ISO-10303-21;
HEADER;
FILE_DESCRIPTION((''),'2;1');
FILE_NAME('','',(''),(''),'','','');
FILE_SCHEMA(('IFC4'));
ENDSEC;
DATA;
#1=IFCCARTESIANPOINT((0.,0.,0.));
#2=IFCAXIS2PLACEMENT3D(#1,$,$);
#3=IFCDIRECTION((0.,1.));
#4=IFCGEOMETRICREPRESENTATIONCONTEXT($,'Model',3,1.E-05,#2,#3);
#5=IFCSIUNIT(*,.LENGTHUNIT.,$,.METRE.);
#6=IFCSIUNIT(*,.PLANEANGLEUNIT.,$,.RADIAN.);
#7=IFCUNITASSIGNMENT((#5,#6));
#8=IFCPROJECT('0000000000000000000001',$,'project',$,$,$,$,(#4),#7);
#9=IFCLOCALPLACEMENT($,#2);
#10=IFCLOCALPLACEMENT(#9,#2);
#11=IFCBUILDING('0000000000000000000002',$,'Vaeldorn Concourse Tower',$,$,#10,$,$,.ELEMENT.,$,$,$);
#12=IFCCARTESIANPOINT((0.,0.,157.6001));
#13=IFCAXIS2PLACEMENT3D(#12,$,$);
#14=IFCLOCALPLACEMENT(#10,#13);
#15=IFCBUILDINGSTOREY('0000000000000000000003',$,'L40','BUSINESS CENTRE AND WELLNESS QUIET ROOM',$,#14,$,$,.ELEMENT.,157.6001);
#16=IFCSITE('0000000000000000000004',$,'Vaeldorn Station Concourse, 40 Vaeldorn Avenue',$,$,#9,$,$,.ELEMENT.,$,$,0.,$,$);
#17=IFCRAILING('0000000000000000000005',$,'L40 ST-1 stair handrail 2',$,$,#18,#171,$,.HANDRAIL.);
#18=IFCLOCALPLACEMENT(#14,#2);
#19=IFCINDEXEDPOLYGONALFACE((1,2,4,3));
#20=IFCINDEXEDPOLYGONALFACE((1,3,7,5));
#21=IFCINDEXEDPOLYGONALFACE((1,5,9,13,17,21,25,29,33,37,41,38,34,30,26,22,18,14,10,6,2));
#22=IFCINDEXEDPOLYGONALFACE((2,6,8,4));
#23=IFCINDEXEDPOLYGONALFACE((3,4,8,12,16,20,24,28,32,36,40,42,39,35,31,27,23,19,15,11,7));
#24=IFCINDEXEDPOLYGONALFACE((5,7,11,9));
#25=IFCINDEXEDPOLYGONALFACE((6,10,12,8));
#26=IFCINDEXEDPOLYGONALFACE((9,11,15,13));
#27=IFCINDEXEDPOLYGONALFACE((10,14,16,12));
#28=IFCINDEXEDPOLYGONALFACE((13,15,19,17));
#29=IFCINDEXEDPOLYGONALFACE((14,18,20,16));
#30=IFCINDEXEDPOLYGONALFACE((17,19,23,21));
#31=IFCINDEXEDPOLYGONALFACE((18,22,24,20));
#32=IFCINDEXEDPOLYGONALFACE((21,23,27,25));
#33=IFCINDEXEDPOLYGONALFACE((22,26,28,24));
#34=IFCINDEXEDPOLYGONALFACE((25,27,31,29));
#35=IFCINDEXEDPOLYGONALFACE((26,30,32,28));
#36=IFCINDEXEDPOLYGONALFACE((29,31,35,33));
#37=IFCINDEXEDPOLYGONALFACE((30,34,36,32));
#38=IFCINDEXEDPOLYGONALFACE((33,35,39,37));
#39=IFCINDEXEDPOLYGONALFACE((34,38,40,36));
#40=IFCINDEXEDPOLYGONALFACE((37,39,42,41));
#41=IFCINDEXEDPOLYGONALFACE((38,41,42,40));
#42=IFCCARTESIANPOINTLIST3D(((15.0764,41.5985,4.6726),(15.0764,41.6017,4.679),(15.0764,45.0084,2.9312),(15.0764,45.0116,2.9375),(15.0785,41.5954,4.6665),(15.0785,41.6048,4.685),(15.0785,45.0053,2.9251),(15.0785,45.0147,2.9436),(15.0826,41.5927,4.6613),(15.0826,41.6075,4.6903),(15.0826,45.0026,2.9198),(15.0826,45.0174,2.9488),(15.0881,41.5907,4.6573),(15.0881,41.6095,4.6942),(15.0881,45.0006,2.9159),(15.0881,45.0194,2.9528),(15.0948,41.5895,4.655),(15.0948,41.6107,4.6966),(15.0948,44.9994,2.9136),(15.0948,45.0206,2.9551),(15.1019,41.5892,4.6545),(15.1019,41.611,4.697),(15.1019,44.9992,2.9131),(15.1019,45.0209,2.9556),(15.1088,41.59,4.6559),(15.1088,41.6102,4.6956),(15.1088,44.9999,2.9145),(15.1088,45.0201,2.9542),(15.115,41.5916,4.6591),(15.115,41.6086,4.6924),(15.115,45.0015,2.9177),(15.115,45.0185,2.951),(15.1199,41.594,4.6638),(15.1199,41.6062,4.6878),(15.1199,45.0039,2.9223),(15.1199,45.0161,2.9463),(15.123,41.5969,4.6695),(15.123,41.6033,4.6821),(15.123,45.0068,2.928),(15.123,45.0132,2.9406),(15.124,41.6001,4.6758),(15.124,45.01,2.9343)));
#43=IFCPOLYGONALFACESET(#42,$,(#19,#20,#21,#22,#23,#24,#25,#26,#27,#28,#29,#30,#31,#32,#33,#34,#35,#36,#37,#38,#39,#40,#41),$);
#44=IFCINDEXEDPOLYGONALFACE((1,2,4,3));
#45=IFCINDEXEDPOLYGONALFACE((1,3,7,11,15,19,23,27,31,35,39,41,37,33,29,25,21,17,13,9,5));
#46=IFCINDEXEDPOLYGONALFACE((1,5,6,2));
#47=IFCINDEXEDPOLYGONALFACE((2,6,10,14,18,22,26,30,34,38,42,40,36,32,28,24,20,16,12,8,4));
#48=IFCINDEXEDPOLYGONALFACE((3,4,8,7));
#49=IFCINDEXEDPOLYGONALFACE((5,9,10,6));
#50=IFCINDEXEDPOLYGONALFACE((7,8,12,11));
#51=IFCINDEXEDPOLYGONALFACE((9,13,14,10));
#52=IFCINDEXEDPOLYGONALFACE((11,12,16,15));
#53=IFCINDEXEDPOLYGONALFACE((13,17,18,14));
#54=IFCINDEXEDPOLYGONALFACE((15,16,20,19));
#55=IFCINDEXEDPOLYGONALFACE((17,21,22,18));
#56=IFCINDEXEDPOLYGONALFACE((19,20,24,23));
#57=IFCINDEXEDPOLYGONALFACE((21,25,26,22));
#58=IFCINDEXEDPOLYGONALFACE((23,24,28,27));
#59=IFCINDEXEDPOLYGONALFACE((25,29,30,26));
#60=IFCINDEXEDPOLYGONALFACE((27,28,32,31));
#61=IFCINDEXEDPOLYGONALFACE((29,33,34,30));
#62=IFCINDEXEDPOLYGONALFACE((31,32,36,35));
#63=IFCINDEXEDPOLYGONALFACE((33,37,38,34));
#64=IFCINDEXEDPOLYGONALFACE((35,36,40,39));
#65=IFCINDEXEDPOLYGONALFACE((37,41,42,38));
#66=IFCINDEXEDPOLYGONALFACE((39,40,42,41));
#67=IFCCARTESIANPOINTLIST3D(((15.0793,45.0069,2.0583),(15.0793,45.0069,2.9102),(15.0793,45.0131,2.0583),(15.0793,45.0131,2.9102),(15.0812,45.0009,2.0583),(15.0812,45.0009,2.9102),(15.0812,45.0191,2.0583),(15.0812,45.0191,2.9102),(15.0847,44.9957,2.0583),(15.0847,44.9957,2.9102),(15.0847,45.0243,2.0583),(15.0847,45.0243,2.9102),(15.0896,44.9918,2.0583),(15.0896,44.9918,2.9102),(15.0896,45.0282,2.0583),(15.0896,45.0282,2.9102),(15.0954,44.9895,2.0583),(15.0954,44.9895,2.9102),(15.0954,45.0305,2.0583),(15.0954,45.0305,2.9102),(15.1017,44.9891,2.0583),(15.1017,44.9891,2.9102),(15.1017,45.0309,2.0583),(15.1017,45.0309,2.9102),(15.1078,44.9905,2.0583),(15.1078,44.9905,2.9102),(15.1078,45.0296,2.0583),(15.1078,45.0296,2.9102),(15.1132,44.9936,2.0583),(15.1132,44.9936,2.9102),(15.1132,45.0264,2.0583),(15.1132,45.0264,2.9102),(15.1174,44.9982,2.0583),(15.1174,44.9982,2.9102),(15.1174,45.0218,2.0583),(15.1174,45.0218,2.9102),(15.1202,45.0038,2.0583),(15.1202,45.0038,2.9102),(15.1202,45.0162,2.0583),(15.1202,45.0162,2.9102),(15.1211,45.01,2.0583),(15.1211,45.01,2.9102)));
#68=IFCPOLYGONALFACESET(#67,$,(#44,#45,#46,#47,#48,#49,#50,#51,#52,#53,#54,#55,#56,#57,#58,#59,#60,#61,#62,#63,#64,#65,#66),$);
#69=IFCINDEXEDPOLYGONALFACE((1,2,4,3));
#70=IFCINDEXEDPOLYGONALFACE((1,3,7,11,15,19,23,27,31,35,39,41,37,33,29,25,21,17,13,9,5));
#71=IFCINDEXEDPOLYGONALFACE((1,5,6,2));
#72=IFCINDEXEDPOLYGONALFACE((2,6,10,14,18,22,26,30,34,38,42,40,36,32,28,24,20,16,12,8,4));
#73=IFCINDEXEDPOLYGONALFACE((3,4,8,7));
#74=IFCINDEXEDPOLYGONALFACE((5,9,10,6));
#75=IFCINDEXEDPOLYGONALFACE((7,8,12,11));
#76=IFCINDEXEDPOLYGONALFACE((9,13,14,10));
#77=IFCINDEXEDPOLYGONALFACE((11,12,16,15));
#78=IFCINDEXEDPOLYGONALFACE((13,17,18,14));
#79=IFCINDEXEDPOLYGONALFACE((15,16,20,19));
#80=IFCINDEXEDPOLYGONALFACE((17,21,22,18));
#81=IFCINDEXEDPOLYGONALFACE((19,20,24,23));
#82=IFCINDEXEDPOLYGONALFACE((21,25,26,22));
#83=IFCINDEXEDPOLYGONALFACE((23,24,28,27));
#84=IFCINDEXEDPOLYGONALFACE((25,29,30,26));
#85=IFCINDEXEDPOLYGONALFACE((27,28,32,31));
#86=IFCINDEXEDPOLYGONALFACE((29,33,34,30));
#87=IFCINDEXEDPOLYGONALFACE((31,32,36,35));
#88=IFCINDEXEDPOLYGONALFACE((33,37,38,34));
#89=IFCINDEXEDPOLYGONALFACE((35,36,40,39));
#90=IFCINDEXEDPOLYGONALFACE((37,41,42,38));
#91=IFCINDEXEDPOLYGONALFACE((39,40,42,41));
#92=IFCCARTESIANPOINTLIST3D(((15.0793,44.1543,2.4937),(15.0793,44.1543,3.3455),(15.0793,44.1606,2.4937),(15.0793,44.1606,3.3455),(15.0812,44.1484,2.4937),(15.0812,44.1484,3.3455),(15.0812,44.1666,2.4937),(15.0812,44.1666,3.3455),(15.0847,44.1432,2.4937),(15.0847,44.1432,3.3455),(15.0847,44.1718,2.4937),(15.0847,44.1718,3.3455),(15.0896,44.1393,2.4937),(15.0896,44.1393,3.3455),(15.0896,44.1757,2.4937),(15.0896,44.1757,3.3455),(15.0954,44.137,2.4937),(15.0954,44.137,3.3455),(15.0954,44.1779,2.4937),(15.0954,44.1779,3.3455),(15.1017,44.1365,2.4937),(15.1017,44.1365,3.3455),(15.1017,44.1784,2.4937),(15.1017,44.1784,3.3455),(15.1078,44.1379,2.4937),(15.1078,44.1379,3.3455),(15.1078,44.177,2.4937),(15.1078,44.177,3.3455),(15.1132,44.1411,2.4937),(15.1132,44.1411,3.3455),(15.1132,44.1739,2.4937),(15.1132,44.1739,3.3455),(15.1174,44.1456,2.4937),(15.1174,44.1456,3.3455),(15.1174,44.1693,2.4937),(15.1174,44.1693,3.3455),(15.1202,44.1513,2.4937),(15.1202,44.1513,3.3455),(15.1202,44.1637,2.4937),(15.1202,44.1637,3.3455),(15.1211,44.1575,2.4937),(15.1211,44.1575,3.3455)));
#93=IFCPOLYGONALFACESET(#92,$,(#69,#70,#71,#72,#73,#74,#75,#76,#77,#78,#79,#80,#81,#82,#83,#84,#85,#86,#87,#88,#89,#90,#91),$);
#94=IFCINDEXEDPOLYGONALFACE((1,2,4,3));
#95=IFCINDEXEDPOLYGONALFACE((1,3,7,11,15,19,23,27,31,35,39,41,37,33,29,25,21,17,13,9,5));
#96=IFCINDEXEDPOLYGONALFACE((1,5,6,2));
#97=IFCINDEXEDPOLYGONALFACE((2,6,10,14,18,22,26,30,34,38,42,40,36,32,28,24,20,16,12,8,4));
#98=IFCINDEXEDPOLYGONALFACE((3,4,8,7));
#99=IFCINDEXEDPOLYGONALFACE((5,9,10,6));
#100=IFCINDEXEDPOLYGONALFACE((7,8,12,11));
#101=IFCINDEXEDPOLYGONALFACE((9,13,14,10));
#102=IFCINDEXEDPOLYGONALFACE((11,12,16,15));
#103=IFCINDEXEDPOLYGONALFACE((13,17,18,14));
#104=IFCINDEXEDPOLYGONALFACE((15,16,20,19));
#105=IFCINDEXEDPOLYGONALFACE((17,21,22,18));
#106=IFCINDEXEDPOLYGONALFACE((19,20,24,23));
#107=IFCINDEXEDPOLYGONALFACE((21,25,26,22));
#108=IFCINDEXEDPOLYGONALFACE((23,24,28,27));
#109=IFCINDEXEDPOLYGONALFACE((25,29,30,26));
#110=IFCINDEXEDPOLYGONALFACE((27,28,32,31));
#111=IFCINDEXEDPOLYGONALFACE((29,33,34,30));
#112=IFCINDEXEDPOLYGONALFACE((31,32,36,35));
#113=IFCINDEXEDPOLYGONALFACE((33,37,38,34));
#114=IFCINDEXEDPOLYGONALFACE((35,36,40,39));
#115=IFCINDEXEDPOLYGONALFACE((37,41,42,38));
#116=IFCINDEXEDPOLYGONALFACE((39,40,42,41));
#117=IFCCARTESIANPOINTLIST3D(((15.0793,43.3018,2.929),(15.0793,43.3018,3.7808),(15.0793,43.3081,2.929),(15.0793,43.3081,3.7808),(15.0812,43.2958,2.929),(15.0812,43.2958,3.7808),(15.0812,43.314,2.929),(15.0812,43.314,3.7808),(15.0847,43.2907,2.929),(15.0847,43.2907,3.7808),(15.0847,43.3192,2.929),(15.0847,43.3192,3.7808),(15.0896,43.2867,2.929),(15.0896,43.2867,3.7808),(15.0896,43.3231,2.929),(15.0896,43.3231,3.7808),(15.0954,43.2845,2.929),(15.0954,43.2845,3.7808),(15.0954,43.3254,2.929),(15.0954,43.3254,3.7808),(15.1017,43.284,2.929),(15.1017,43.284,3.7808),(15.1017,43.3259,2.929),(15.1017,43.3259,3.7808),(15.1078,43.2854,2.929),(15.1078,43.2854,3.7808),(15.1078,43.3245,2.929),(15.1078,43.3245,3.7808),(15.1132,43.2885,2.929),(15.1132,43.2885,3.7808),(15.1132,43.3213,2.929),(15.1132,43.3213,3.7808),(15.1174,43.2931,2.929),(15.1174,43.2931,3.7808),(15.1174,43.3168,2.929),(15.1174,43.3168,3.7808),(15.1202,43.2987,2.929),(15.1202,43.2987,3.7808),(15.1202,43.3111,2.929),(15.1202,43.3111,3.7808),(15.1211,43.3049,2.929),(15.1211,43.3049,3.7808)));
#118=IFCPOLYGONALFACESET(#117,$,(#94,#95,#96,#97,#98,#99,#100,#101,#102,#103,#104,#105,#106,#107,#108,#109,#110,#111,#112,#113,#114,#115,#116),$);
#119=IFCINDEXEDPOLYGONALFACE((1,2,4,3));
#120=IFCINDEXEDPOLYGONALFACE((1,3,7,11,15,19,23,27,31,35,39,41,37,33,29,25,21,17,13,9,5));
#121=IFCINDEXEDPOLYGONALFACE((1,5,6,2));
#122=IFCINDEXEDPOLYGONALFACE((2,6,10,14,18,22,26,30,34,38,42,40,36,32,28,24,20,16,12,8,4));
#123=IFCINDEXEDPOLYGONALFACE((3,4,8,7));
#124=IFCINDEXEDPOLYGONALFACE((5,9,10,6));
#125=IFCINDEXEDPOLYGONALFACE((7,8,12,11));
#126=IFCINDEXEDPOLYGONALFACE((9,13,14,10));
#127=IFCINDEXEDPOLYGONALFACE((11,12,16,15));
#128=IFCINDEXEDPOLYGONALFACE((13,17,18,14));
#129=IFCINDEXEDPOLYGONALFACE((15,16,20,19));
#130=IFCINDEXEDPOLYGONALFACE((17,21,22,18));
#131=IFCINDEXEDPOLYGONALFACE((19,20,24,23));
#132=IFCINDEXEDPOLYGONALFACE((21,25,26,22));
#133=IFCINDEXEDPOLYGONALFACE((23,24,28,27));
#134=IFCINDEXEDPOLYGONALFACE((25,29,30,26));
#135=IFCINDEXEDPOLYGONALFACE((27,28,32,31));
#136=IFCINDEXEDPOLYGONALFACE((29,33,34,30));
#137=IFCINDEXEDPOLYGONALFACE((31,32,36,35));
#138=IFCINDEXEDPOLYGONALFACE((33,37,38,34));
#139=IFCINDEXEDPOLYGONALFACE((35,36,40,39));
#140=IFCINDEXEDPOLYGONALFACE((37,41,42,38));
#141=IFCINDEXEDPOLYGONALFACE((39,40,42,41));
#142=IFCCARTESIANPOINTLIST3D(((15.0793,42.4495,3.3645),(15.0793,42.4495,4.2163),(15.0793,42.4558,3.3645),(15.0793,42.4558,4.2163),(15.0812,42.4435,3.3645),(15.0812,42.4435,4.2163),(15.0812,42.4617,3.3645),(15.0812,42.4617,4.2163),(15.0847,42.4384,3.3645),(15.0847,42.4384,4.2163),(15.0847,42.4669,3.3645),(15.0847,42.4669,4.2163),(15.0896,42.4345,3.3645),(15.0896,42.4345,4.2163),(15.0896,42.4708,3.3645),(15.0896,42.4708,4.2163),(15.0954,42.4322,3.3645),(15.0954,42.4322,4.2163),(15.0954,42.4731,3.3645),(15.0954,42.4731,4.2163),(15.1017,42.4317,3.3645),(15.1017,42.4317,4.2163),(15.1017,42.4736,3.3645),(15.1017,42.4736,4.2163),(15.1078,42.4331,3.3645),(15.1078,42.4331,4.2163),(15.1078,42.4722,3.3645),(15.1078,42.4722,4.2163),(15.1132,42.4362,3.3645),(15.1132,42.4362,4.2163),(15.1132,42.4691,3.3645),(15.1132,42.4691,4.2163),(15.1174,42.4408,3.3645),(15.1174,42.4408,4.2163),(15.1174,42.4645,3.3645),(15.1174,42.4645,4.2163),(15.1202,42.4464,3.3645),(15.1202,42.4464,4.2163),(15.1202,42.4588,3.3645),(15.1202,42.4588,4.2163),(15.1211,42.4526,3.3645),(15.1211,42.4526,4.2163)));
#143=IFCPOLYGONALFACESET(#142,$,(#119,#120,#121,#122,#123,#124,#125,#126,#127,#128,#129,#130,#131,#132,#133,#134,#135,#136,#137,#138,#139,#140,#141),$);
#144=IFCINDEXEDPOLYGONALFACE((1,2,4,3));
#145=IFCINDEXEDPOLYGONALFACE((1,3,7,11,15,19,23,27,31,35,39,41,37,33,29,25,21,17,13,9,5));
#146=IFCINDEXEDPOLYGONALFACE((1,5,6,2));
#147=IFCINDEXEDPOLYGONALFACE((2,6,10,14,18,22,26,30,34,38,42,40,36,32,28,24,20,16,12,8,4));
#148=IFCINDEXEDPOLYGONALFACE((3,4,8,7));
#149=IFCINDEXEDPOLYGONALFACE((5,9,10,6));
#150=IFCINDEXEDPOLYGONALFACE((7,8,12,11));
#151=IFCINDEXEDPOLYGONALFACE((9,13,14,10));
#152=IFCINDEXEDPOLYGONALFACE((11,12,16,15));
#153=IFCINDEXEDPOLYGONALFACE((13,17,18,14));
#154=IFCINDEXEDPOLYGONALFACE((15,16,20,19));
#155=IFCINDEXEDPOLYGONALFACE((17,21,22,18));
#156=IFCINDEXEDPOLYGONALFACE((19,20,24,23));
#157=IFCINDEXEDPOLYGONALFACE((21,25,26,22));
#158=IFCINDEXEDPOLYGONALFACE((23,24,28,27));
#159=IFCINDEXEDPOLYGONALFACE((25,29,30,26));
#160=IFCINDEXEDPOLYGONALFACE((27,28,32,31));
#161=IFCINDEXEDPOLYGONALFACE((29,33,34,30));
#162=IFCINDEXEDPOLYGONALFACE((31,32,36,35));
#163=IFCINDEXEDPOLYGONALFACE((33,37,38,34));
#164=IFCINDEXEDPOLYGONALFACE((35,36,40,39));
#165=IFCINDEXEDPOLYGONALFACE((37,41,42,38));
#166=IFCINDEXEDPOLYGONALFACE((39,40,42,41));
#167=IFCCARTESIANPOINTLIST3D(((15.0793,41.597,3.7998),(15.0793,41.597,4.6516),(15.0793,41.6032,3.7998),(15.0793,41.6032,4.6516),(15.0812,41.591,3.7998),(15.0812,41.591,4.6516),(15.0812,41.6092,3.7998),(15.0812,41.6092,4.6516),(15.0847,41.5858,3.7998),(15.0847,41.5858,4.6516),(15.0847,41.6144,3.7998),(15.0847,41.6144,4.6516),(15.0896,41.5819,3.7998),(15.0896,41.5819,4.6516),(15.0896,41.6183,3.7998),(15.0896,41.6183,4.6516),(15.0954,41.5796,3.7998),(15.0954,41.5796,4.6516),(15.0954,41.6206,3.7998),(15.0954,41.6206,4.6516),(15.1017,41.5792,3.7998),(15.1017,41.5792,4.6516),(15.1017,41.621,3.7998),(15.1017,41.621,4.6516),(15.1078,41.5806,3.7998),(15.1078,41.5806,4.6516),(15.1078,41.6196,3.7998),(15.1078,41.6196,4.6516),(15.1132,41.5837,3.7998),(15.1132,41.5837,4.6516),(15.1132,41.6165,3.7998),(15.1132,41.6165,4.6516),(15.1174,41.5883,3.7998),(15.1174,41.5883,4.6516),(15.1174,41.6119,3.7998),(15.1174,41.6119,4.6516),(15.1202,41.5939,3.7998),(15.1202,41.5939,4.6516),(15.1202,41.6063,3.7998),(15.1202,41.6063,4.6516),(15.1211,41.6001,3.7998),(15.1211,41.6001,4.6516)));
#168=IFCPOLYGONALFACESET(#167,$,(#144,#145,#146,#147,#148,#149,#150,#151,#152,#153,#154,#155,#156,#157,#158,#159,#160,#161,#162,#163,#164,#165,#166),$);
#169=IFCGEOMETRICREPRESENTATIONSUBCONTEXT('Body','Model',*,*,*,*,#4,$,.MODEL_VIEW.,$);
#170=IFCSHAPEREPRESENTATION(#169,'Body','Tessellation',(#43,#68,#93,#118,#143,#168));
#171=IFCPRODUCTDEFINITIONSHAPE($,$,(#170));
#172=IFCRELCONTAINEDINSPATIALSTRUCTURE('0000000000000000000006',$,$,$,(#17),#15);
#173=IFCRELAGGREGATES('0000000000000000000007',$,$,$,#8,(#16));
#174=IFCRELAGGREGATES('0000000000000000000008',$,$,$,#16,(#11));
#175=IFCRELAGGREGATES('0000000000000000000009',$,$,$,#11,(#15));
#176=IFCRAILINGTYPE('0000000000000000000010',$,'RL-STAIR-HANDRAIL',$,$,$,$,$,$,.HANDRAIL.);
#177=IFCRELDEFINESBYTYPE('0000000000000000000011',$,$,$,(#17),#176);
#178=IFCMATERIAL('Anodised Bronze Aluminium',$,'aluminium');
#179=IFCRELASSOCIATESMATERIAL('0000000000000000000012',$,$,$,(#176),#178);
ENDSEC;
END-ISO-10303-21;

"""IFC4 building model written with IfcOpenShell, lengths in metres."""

from ifc_helpers import new_model, si_unit, direction, frame, origin, origin_2d, place, context, subcontext, project, spatial, circle, extrude, material, type_object, element, save


model = new_model("IFC4")

# Units and contexts
model_context = context("Model", 3, precision=1e-05, world=origin(), true_north=direction((0.0, 1.0)))
body_context = subcontext(model_context, "Body", "Model", "MODEL_VIEW")
ifc_project = project(units=[si_unit("LENGTHUNIT", "METRE"), si_unit("PLANEANGLEUNIT", "RADIAN")], contexts=[model_context])

# Site, building, storey
site_placement = place(None, origin())
site = spatial("IfcSite", under=ifc_project, at=site_placement, Name="Vaeldorn Station Concourse, 40 Vaeldorn Avenue", CompositionType="ELEMENT", RefElevation=0.0)
building_placement = place(site_placement, origin())
building = spatial("IfcBuilding", under=site, at=building_placement, Name="Vaeldorn Concourse Tower", CompositionType="ELEMENT")
storey_placement = place(building_placement, frame((0.0, 0.0, 157.6001)))
storey = spatial("IfcBuildingStorey", under=building, at=storey_placement, Name="L40", Description="BUSINESS CENTRE AND WELLNESS QUIET ROOM", CompositionType="ELEMENT", Elevation=157.6001)

# Railing
ifc_material_1 = material(Name="Anodised Bronze Aluminium", Category="aluminium")
railing_type_1 = type_object("IfcRailingType", Name="RL-STAIR-HANDRAIL", PredefinedType="HANDRAIL", material=ifc_material_1)
railing_1_placement = place(storey_placement, frame((15.1001, 45.01, 2.0583)))
element("IfcRailing", 1, at=railing_1_placement, inside=storey, type_object=railing_type_1, Name="L40 ST-1 stair handrail 2", PredefinedType="HANDRAIL", context=body_context, shape_type="SweptSolid", body=[
    extrude(circle(Radius=0.0239, at=origin_2d()), frame((0.0, 0.0, 0.876), z_axis=(0.0, -0.890582, 0.454823), x_axis=(1.0, 0.0, 0.0)), (0.0, 0.0, 1.0), 3.8289),
    extrude(circle(Radius=0.021, at=origin_2d()), origin(), (0.0, 0.0, 1.0), 0.8518),
    extrude(circle(Radius=0.021, at=origin_2d()), frame((0.0, -0.8525, 0.4353)), (0.0, 0.0, 1.0), 0.8518),
    extrude(circle(Radius=0.021, at=origin_2d()), frame((0.0, -1.7051, 0.8706)), (0.0, 0.0, 1.0), 0.8518),
    extrude(circle(Radius=0.021, at=origin_2d()), frame((0.0, -2.5574, 1.3062)), (0.0, 0.0, 1.0), 0.8518),
    extrude(circle(Radius=0.021, at=origin_2d()), frame((0.0, -3.4099, 1.7415)), (0.0, 0.0, 1.0), 0.8518),
])

save(model, "model.ifc")
